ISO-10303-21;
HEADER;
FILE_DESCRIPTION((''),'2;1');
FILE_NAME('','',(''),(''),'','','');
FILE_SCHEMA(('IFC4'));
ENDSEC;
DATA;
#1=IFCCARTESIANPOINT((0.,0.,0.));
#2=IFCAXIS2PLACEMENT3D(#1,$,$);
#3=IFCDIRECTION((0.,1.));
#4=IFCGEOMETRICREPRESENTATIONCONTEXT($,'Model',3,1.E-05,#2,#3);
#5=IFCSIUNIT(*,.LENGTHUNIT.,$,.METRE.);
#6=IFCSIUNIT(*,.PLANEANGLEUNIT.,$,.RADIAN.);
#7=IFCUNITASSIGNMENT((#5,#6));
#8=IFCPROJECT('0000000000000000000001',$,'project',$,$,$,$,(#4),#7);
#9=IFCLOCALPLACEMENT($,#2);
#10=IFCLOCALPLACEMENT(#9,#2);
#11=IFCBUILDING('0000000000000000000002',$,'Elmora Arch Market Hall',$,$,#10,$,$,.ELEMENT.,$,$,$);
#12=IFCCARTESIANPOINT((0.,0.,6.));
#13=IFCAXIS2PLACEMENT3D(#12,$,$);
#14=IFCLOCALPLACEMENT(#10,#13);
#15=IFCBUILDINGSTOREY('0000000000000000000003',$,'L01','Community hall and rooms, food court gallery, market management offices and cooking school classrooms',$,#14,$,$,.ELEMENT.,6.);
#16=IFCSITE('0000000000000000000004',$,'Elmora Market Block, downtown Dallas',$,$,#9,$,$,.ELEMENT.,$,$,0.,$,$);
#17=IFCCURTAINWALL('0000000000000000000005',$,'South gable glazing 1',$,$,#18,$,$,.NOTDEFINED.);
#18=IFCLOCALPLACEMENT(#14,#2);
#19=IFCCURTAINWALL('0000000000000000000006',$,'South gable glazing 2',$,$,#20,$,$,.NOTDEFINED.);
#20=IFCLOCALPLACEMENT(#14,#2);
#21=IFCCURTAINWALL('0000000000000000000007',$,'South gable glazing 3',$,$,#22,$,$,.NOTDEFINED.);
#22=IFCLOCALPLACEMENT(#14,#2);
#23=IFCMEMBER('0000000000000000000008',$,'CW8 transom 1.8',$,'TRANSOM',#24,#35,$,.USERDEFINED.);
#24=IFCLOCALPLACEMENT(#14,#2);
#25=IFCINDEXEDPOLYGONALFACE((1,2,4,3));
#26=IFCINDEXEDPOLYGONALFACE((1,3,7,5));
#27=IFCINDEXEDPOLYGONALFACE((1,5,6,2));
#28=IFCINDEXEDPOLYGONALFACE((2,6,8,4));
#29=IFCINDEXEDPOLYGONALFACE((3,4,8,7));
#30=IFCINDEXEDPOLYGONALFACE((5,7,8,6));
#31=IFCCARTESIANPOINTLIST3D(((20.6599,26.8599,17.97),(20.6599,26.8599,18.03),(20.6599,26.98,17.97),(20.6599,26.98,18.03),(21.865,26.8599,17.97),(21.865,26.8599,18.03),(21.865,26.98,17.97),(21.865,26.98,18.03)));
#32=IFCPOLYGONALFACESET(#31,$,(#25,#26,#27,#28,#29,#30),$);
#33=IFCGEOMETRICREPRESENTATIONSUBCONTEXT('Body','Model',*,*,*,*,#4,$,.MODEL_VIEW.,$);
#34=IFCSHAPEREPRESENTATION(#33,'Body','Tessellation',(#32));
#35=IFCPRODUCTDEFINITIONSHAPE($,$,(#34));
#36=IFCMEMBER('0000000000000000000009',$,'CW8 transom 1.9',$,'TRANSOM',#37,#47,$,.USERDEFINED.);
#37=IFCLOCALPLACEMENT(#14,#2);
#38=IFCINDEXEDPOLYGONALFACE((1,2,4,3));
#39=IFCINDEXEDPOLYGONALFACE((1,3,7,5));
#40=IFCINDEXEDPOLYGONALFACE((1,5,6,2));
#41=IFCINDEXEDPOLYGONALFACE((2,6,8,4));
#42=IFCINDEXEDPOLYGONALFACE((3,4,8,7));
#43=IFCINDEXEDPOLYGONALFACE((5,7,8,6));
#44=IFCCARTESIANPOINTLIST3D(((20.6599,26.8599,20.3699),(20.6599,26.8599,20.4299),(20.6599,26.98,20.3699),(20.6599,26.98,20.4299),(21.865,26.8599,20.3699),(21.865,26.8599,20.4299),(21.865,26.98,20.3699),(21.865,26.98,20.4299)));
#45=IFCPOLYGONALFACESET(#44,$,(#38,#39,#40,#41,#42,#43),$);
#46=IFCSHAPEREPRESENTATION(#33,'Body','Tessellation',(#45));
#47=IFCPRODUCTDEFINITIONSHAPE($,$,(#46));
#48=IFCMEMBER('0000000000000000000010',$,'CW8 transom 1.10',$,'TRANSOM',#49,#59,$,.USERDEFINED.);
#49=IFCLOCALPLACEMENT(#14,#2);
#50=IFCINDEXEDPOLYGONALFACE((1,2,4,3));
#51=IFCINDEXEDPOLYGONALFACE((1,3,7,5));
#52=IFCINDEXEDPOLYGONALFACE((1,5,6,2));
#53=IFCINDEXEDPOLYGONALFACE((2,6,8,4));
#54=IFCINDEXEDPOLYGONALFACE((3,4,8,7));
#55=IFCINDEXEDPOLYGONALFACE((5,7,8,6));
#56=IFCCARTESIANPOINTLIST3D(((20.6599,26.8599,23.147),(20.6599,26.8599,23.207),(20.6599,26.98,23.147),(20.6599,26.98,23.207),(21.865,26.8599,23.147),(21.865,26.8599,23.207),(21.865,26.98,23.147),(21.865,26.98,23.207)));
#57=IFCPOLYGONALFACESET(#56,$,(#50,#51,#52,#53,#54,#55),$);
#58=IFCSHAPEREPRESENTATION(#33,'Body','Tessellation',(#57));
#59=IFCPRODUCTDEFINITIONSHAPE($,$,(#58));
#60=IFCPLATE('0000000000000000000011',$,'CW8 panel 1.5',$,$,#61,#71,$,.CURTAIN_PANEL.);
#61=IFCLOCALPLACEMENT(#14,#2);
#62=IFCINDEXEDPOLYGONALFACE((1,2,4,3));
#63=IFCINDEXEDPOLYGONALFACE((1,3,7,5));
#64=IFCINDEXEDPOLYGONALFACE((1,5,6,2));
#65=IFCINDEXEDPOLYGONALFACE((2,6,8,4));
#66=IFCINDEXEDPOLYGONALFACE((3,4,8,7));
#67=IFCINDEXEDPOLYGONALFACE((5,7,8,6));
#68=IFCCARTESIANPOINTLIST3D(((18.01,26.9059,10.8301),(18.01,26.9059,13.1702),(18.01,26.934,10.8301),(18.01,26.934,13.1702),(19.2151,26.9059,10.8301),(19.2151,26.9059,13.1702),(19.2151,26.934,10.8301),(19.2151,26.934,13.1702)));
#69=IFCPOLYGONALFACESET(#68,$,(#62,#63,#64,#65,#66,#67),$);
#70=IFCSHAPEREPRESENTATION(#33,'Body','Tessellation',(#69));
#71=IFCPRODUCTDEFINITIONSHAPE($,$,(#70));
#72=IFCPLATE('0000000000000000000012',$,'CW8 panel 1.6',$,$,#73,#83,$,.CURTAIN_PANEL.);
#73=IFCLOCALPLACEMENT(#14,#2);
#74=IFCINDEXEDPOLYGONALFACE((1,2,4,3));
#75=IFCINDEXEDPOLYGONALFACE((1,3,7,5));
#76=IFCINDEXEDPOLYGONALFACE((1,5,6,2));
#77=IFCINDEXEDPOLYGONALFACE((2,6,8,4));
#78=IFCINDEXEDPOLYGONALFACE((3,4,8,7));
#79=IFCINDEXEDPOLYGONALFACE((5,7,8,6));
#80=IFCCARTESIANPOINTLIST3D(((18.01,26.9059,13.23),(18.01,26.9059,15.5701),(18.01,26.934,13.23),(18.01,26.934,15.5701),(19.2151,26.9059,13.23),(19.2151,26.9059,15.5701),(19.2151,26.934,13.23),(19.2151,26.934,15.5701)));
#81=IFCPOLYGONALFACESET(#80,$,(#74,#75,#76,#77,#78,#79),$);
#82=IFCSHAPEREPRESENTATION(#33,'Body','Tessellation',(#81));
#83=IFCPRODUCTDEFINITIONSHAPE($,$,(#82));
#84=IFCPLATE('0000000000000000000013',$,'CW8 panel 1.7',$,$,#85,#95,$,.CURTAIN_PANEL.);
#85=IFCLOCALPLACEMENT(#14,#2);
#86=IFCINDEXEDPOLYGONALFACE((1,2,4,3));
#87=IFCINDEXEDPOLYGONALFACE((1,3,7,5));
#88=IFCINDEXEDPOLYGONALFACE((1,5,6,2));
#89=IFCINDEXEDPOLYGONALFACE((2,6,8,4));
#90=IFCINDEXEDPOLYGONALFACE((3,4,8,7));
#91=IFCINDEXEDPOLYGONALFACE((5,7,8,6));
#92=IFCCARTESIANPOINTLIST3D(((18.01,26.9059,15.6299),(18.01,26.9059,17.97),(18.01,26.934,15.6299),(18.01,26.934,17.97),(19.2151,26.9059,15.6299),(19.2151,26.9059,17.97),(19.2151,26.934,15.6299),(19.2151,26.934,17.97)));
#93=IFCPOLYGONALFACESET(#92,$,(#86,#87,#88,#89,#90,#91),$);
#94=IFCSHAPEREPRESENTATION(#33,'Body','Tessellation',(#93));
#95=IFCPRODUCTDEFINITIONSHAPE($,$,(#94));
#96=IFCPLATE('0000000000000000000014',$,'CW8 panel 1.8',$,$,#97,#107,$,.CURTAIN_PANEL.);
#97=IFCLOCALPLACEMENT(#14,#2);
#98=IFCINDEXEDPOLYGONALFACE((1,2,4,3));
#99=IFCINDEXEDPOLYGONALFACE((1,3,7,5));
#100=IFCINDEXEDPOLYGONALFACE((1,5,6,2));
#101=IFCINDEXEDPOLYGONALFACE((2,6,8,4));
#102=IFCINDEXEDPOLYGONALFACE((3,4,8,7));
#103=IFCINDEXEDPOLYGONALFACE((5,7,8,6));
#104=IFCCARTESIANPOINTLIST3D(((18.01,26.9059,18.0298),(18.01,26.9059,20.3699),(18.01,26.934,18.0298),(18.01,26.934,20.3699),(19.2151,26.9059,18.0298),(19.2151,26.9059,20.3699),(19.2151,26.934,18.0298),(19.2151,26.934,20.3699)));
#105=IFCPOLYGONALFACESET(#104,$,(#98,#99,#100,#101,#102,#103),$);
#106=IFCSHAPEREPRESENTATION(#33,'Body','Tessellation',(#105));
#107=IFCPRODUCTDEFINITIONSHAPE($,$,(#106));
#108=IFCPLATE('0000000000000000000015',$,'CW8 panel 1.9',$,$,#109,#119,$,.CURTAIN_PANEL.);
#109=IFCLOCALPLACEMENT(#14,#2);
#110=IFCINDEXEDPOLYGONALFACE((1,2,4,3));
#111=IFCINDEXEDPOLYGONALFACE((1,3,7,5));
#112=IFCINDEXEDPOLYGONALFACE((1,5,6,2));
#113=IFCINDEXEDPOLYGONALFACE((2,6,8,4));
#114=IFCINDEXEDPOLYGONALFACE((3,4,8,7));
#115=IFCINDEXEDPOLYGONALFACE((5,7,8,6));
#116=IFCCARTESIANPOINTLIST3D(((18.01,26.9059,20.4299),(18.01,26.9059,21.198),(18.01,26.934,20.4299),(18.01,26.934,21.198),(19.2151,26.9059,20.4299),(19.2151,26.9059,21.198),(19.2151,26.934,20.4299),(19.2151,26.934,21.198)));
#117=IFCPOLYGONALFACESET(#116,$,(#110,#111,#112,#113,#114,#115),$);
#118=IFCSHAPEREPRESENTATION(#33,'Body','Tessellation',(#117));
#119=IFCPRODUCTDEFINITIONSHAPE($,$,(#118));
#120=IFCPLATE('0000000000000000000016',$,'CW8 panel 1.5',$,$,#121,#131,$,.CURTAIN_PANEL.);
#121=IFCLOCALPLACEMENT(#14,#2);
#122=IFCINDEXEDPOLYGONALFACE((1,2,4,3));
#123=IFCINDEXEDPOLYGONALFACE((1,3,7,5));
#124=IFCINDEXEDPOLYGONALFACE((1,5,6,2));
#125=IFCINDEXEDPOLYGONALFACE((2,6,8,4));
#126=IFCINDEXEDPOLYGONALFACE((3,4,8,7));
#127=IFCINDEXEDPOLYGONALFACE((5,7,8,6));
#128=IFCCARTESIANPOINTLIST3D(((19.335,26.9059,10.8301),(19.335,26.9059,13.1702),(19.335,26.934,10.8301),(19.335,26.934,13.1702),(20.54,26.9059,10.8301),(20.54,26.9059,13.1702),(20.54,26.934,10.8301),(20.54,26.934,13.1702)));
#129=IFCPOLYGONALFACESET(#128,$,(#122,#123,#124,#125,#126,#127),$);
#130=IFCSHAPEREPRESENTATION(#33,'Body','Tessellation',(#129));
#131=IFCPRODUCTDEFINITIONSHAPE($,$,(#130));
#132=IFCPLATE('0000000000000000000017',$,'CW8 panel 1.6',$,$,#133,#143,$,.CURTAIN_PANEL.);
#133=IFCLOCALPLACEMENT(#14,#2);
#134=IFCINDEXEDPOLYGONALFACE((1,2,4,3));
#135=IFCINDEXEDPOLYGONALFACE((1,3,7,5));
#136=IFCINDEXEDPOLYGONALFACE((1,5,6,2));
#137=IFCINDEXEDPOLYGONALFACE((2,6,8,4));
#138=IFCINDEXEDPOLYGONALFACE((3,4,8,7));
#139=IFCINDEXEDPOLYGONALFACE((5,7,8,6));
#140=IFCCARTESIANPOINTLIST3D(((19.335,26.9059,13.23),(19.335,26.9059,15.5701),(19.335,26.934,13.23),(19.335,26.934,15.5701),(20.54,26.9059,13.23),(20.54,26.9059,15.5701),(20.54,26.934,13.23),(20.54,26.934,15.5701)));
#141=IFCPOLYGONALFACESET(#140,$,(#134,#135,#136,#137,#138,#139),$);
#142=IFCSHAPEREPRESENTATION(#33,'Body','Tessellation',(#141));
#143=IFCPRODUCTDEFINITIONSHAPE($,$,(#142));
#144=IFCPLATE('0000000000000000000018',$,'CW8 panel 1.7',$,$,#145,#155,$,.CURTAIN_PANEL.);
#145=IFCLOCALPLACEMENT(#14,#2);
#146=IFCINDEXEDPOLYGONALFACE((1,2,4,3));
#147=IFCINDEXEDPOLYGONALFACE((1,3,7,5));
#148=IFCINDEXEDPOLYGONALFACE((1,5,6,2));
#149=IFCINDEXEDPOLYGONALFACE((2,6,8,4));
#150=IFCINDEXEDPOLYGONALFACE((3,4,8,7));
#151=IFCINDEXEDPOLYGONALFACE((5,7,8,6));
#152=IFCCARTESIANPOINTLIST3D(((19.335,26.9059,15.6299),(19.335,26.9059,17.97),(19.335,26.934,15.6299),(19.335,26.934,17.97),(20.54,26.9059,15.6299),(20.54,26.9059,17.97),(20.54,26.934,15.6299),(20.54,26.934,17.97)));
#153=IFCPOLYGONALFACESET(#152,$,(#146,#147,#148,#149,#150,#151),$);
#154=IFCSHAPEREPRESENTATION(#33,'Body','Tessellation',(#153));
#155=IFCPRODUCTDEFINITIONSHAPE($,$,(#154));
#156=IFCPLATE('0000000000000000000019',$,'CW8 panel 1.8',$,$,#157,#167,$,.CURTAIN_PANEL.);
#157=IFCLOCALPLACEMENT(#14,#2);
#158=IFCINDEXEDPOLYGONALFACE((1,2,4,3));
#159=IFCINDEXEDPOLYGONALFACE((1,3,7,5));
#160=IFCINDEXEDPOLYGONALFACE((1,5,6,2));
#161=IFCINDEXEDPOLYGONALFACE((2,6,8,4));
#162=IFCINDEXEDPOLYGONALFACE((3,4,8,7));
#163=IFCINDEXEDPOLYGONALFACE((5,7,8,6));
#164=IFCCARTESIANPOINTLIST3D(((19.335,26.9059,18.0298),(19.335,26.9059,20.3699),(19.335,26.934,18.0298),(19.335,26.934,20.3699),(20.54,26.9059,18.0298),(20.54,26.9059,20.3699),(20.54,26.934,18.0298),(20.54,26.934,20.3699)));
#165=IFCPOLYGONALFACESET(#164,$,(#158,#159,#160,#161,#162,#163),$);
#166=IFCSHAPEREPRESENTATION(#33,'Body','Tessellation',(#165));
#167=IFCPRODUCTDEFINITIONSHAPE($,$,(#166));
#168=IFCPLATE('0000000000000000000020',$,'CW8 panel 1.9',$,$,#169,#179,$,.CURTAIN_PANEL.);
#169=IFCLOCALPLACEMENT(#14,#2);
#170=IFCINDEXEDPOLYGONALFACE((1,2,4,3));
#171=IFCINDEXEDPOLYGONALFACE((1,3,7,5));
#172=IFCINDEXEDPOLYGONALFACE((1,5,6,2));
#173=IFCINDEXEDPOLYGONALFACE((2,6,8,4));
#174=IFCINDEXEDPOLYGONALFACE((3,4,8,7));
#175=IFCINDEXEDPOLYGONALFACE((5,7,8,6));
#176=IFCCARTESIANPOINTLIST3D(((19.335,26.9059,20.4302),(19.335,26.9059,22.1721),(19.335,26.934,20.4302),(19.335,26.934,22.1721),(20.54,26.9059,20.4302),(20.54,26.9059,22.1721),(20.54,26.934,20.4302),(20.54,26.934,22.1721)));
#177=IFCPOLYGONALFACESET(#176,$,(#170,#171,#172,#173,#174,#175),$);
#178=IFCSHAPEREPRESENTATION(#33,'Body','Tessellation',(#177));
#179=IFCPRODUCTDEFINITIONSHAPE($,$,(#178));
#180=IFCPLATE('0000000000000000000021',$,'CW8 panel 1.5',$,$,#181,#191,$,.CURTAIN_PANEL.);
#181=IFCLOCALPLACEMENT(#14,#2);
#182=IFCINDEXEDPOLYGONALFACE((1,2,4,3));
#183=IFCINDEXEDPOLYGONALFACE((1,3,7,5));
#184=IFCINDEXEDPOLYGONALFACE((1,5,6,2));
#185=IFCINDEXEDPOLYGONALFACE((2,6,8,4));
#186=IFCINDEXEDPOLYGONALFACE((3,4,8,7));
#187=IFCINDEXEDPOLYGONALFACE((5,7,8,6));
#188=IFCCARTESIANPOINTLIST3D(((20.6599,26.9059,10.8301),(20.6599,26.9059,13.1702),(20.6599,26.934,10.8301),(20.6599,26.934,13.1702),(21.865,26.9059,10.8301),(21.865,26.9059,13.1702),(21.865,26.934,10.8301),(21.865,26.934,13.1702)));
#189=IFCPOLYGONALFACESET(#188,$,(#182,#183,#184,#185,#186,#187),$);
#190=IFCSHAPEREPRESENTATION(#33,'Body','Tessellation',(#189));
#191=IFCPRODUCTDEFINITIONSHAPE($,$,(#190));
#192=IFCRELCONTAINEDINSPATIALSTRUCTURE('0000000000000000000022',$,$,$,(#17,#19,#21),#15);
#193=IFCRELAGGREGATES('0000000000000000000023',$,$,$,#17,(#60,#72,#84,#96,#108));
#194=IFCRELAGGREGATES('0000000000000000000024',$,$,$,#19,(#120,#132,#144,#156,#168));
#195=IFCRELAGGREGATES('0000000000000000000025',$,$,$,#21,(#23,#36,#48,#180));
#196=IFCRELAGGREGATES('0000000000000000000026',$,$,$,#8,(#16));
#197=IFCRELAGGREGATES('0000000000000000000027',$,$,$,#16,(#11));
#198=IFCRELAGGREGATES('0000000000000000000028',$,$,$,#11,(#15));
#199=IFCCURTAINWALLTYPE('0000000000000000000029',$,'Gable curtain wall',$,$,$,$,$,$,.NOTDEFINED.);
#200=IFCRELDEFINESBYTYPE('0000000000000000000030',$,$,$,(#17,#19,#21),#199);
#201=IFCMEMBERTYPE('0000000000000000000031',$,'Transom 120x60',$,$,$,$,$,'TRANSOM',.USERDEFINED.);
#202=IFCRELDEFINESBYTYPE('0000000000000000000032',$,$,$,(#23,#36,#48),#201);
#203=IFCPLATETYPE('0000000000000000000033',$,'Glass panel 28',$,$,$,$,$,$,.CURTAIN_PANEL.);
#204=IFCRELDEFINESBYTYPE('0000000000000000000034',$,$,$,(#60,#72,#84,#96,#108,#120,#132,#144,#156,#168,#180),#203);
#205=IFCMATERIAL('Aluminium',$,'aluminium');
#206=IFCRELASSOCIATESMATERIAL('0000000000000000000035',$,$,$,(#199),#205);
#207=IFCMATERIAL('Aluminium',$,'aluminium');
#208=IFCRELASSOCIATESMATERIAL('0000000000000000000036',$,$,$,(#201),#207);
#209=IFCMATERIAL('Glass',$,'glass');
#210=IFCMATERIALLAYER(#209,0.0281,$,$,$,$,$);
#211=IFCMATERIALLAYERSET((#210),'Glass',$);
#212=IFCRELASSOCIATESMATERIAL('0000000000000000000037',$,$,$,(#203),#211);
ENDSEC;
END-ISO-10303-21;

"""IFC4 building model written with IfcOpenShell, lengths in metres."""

from ifc_helpers import new_model, si_unit, direction, frame, origin, origin_2d, place, context, subcontext, project, spatial, rectangle, extrude, material, layer, layer_set, material_profile, profile_set, type_object, element, aggregate, save


model = new_model("IFC4")

# Units and contexts
model_context = context("Model", 3, precision=1e-05, world=origin(), true_north=direction((0.0, 1.0)))
body_context = subcontext(model_context, "Body", "Model", "MODEL_VIEW")
ifc_project = project(units=[si_unit("LENGTHUNIT", "METRE"), si_unit("PLANEANGLEUNIT", "RADIAN")], contexts=[model_context])

# Site, building, storey
site_placement = place(None, origin())
site = spatial("IfcSite", under=ifc_project, at=site_placement, Name="Elmora Market Block, downtown Dallas", CompositionType="ELEMENT", RefElevation=0.0)
building_placement = place(site_placement, origin())
building = spatial("IfcBuilding", under=site, at=building_placement, Name="Elmora Arch Market Hall", CompositionType="ELEMENT")
storey_placement = place(building_placement, frame((0.0, 0.0, 6.0)))
storey = spatial("IfcBuildingStorey", under=building, at=storey_placement, Name="L01", Description="Community hall and rooms, food court gallery, market management offices and cooking school classrooms", CompositionType="ELEMENT", Elevation=6.0)

# Curtain walls, members
ifc_material_1 = material(Name="Aluminium", Category="aluminium")
curtain_wall_type = type_object("IfcCurtainWallType", Name="Gable curtain wall", PredefinedType="NOTDEFINED", material=ifc_material_1)
curtain_wall_1_placement = place(storey_placement, origin())
curtain_wall_1 = element("IfcCurtainWall", 1, at=curtain_wall_1_placement, inside=storey, type_object=curtain_wall_type, Name="South gable glazing 1", PredefinedType="NOTDEFINED")
ifc_material_2 = material(Name="Aluminium", Category="aluminium")
ifc_material_profile = material_profile(ifc_material_2, rectangle(XDim=0.1201, YDim=0.0601, at=origin_2d()), Name="AL 120x60")
ifc_profile_set = profile_set([ifc_material_profile], Name="Aluminium")
member_type = type_object("IfcMemberType", Name="Transom 120x60", ElementType="TRANSOM", PredefinedType="USERDEFINED", material=ifc_profile_set)
curtain_wall_2_placement = place(storey_placement, origin())
curtain_wall_2 = element("IfcCurtainWall", 2, at=curtain_wall_2_placement, inside=storey, type_object=curtain_wall_type, Name="South gable glazing 2", PredefinedType="NOTDEFINED")
curtain_wall_3_placement = place(storey_placement, origin())
curtain_wall_3 = element("IfcCurtainWall", 3, at=curtain_wall_3_placement, inside=storey, type_object=curtain_wall_type, Name="South gable glazing 3", PredefinedType="NOTDEFINED")
member_1_placement = place(storey_placement, frame((20.6599, 26.9199, 18.0), z_axis=(1.0, 0.0, 0.0), x_axis=(0.0, 1.0, 0.0)))
member_1 = element("IfcMember", 4, at=member_1_placement, type_object=member_type, Name="CW8 transom 1.8", ObjectType="TRANSOM", PredefinedType="USERDEFINED", context=body_context, shape_type="SweptSolid", body=[
    extrude(rectangle(XDim=0.1201, YDim=0.0601, at=origin_2d()), origin(), (0.0, 0.0, 1.0), 1.2051),
])
member_2_placement = place(storey_placement, frame((20.6599, 26.9199, 20.3999), z_axis=(1.0, 0.0, 0.0), x_axis=(0.0, 1.0, 0.0)))
member_2 = element("IfcMember", 5, at=member_2_placement, type_object=member_type, Name="CW8 transom 1.9", ObjectType="TRANSOM", PredefinedType="USERDEFINED", context=body_context, shape_type="SweptSolid", body=[
    extrude(rectangle(XDim=0.1201, YDim=0.0601, at=origin_2d()), origin(), (0.0, 0.0, 1.0), 1.2051),
])
member_3_placement = place(storey_placement, frame((20.6599, 26.9199, 23.177), z_axis=(1.0, 0.0, 0.0), x_axis=(0.0, 1.0, 0.0)))
member_3 = element("IfcMember", 6, at=member_3_placement, type_object=member_type, Name="CW8 transom 1.10", ObjectType="TRANSOM", PredefinedType="USERDEFINED", context=body_context, shape_type="SweptSolid", body=[
    extrude(rectangle(XDim=0.1201, YDim=0.0601, at=origin_2d()), origin(), (0.0, 0.0, 1.0), 1.2051),
])

# Plates
ifc_material_3 = material(Name="Glass", Category="glass")
ifc_layer = layer(ifc_material_3, 0.0281)
ifc_layer_set = layer_set([ifc_layer], Name="Glass")
plate_type = type_object("IfcPlateType", Name="Glass panel 28", PredefinedType="CURTAIN_PANEL", material=ifc_layer_set)
plate_1_placement = place(storey_placement, frame((18.6125, 26.9199, 10.8301), z_axis=(0.0, 0.0, 1.0), x_axis=(1.0, 0.0, 0.0)))
plate_1 = element("IfcPlate", 7, at=plate_1_placement, type_object=plate_type, Name="CW8 panel 1.5", PredefinedType="CURTAIN_PANEL", context=body_context, shape_type="SweptSolid", body=[
    extrude(rectangle(XDim=1.2051, YDim=0.0281, at=origin_2d()), origin(), (0.0, 0.0, 1.0), 2.3401),
])
plate_2_placement = place(storey_placement, frame((18.6125, 26.9199, 13.23), z_axis=(0.0, 0.0, 1.0), x_axis=(1.0, 0.0, 0.0)))
plate_2 = element("IfcPlate", 8, at=plate_2_placement, type_object=plate_type, Name="CW8 panel 1.6", PredefinedType="CURTAIN_PANEL", context=body_context, shape_type="SweptSolid", body=[
    extrude(rectangle(XDim=1.2051, YDim=0.0281, at=origin_2d()), origin(), (0.0, 0.0, 1.0), 2.3401),
])
plate_3_placement = place(storey_placement, frame((18.6125, 26.9199, 15.6299), z_axis=(0.0, 0.0, 1.0), x_axis=(1.0, 0.0, 0.0)))
plate_3 = element("IfcPlate", 9, at=plate_3_placement, type_object=plate_type, Name="CW8 panel 1.7", PredefinedType="CURTAIN_PANEL", context=body_context, shape_type="SweptSolid", body=[
    extrude(rectangle(XDim=1.2051, YDim=0.0281, at=origin_2d()), origin(), (0.0, 0.0, 1.0), 2.3401),
])
plate_4_placement = place(storey_placement, frame((18.6125, 26.9199, 18.0298), z_axis=(0.0, 0.0, 1.0), x_axis=(1.0, 0.0, 0.0)))
plate_4 = element("IfcPlate", 10, at=plate_4_placement, type_object=plate_type, Name="CW8 panel 1.8", PredefinedType="CURTAIN_PANEL", context=body_context, shape_type="SweptSolid", body=[
    extrude(rectangle(XDim=1.2051, YDim=0.0281, at=origin_2d()), origin(), (0.0, 0.0, 1.0), 2.3401),
])
plate_5_placement = place(storey_placement, frame((18.6125, 26.9199, 20.4299), z_axis=(0.0, 0.0, 1.0), x_axis=(1.0, 0.0, 0.0)))
plate_5 = element("IfcPlate", 11, at=plate_5_placement, type_object=plate_type, Name="CW8 panel 1.9", PredefinedType="CURTAIN_PANEL", context=body_context, shape_type="SweptSolid", body=[
    extrude(rectangle(XDim=1.2051, YDim=0.0281, at=origin_2d()), origin(), (0.0, 0.0, 1.0), 0.7681),
])
aggregate(curtain_wall_1, [plate_1, plate_2, plate_3, plate_4, plate_5])
plate_6_placement = place(storey_placement, frame((19.9375, 26.9199, 10.8301), z_axis=(0.0, 0.0, 1.0), x_axis=(1.0, 0.0, 0.0)))
plate_6 = element("IfcPlate", 12, at=plate_6_placement, type_object=plate_type, Name="CW8 panel 1.5", PredefinedType="CURTAIN_PANEL", context=body_context, shape_type="SweptSolid", body=[
    extrude(rectangle(XDim=1.2051, YDim=0.0281, at=origin_2d()), origin(), (0.0, 0.0, 1.0), 2.3401),
])
plate_7_placement = place(storey_placement, frame((19.9375, 26.9199, 13.23), z_axis=(0.0, 0.0, 1.0), x_axis=(1.0, 0.0, 0.0)))
plate_7 = element("IfcPlate", 13, at=plate_7_placement, type_object=plate_type, Name="CW8 panel 1.6", PredefinedType="CURTAIN_PANEL", context=body_context, shape_type="SweptSolid", body=[
    extrude(rectangle(XDim=1.2051, YDim=0.0281, at=origin_2d()), origin(), (0.0, 0.0, 1.0), 2.3401),
])
plate_8_placement = place(storey_placement, frame((19.9375, 26.9199, 15.6299), z_axis=(0.0, 0.0, 1.0), x_axis=(1.0, 0.0, 0.0)))
plate_8 = element("IfcPlate", 14, at=plate_8_placement, type_object=plate_type, Name="CW8 panel 1.7", PredefinedType="CURTAIN_PANEL", context=body_context, shape_type="SweptSolid", body=[
    extrude(rectangle(XDim=1.2051, YDim=0.0281, at=origin_2d()), origin(), (0.0, 0.0, 1.0), 2.3401),
])
plate_9_placement = place(storey_placement, frame((19.9375, 26.9199, 18.0298), z_axis=(0.0, 0.0, 1.0), x_axis=(1.0, 0.0, 0.0)))
plate_9 = element("IfcPlate", 15, at=plate_9_placement, type_object=plate_type, Name="CW8 panel 1.8", PredefinedType="CURTAIN_PANEL", context=body_context, shape_type="SweptSolid", body=[
    extrude(rectangle(XDim=1.2051, YDim=0.0281, at=origin_2d()), origin(), (0.0, 0.0, 1.0), 2.3401),
])
plate_10_placement = place(storey_placement, frame((19.9375, 26.9199, 20.4302), z_axis=(0.0, 0.0, 1.0), x_axis=(1.0, 0.0, 0.0)))
plate_10 = element("IfcPlate", 16, at=plate_10_placement, type_object=plate_type, Name="CW8 panel 1.9", PredefinedType="CURTAIN_PANEL", context=body_context, shape_type="SweptSolid", body=[
    extrude(rectangle(XDim=1.2051, YDim=0.0281, at=origin_2d()), origin(), (0.0, 0.0, 1.0), 1.7419),
])
aggregate(curtain_wall_2, [plate_6, plate_7, plate_8, plate_9, plate_10])
plate_11_placement = place(storey_placement, frame((21.2625, 26.9199, 10.8301), z_axis=(0.0, 0.0, 1.0), x_axis=(1.0, 0.0, 0.0)))
plate_11 = element("IfcPlate", 17, at=plate_11_placement, type_object=plate_type, Name="CW8 panel 1.5", PredefinedType="CURTAIN_PANEL", context=body_context, shape_type="SweptSolid", body=[
    extrude(rectangle(XDim=1.2051, YDim=0.0281, at=origin_2d()), origin(), (0.0, 0.0, 1.0), 2.3401),
])
aggregate(curtain_wall_3, [member_1, member_2, member_3, plate_11])

save(model, "model.ifc")
